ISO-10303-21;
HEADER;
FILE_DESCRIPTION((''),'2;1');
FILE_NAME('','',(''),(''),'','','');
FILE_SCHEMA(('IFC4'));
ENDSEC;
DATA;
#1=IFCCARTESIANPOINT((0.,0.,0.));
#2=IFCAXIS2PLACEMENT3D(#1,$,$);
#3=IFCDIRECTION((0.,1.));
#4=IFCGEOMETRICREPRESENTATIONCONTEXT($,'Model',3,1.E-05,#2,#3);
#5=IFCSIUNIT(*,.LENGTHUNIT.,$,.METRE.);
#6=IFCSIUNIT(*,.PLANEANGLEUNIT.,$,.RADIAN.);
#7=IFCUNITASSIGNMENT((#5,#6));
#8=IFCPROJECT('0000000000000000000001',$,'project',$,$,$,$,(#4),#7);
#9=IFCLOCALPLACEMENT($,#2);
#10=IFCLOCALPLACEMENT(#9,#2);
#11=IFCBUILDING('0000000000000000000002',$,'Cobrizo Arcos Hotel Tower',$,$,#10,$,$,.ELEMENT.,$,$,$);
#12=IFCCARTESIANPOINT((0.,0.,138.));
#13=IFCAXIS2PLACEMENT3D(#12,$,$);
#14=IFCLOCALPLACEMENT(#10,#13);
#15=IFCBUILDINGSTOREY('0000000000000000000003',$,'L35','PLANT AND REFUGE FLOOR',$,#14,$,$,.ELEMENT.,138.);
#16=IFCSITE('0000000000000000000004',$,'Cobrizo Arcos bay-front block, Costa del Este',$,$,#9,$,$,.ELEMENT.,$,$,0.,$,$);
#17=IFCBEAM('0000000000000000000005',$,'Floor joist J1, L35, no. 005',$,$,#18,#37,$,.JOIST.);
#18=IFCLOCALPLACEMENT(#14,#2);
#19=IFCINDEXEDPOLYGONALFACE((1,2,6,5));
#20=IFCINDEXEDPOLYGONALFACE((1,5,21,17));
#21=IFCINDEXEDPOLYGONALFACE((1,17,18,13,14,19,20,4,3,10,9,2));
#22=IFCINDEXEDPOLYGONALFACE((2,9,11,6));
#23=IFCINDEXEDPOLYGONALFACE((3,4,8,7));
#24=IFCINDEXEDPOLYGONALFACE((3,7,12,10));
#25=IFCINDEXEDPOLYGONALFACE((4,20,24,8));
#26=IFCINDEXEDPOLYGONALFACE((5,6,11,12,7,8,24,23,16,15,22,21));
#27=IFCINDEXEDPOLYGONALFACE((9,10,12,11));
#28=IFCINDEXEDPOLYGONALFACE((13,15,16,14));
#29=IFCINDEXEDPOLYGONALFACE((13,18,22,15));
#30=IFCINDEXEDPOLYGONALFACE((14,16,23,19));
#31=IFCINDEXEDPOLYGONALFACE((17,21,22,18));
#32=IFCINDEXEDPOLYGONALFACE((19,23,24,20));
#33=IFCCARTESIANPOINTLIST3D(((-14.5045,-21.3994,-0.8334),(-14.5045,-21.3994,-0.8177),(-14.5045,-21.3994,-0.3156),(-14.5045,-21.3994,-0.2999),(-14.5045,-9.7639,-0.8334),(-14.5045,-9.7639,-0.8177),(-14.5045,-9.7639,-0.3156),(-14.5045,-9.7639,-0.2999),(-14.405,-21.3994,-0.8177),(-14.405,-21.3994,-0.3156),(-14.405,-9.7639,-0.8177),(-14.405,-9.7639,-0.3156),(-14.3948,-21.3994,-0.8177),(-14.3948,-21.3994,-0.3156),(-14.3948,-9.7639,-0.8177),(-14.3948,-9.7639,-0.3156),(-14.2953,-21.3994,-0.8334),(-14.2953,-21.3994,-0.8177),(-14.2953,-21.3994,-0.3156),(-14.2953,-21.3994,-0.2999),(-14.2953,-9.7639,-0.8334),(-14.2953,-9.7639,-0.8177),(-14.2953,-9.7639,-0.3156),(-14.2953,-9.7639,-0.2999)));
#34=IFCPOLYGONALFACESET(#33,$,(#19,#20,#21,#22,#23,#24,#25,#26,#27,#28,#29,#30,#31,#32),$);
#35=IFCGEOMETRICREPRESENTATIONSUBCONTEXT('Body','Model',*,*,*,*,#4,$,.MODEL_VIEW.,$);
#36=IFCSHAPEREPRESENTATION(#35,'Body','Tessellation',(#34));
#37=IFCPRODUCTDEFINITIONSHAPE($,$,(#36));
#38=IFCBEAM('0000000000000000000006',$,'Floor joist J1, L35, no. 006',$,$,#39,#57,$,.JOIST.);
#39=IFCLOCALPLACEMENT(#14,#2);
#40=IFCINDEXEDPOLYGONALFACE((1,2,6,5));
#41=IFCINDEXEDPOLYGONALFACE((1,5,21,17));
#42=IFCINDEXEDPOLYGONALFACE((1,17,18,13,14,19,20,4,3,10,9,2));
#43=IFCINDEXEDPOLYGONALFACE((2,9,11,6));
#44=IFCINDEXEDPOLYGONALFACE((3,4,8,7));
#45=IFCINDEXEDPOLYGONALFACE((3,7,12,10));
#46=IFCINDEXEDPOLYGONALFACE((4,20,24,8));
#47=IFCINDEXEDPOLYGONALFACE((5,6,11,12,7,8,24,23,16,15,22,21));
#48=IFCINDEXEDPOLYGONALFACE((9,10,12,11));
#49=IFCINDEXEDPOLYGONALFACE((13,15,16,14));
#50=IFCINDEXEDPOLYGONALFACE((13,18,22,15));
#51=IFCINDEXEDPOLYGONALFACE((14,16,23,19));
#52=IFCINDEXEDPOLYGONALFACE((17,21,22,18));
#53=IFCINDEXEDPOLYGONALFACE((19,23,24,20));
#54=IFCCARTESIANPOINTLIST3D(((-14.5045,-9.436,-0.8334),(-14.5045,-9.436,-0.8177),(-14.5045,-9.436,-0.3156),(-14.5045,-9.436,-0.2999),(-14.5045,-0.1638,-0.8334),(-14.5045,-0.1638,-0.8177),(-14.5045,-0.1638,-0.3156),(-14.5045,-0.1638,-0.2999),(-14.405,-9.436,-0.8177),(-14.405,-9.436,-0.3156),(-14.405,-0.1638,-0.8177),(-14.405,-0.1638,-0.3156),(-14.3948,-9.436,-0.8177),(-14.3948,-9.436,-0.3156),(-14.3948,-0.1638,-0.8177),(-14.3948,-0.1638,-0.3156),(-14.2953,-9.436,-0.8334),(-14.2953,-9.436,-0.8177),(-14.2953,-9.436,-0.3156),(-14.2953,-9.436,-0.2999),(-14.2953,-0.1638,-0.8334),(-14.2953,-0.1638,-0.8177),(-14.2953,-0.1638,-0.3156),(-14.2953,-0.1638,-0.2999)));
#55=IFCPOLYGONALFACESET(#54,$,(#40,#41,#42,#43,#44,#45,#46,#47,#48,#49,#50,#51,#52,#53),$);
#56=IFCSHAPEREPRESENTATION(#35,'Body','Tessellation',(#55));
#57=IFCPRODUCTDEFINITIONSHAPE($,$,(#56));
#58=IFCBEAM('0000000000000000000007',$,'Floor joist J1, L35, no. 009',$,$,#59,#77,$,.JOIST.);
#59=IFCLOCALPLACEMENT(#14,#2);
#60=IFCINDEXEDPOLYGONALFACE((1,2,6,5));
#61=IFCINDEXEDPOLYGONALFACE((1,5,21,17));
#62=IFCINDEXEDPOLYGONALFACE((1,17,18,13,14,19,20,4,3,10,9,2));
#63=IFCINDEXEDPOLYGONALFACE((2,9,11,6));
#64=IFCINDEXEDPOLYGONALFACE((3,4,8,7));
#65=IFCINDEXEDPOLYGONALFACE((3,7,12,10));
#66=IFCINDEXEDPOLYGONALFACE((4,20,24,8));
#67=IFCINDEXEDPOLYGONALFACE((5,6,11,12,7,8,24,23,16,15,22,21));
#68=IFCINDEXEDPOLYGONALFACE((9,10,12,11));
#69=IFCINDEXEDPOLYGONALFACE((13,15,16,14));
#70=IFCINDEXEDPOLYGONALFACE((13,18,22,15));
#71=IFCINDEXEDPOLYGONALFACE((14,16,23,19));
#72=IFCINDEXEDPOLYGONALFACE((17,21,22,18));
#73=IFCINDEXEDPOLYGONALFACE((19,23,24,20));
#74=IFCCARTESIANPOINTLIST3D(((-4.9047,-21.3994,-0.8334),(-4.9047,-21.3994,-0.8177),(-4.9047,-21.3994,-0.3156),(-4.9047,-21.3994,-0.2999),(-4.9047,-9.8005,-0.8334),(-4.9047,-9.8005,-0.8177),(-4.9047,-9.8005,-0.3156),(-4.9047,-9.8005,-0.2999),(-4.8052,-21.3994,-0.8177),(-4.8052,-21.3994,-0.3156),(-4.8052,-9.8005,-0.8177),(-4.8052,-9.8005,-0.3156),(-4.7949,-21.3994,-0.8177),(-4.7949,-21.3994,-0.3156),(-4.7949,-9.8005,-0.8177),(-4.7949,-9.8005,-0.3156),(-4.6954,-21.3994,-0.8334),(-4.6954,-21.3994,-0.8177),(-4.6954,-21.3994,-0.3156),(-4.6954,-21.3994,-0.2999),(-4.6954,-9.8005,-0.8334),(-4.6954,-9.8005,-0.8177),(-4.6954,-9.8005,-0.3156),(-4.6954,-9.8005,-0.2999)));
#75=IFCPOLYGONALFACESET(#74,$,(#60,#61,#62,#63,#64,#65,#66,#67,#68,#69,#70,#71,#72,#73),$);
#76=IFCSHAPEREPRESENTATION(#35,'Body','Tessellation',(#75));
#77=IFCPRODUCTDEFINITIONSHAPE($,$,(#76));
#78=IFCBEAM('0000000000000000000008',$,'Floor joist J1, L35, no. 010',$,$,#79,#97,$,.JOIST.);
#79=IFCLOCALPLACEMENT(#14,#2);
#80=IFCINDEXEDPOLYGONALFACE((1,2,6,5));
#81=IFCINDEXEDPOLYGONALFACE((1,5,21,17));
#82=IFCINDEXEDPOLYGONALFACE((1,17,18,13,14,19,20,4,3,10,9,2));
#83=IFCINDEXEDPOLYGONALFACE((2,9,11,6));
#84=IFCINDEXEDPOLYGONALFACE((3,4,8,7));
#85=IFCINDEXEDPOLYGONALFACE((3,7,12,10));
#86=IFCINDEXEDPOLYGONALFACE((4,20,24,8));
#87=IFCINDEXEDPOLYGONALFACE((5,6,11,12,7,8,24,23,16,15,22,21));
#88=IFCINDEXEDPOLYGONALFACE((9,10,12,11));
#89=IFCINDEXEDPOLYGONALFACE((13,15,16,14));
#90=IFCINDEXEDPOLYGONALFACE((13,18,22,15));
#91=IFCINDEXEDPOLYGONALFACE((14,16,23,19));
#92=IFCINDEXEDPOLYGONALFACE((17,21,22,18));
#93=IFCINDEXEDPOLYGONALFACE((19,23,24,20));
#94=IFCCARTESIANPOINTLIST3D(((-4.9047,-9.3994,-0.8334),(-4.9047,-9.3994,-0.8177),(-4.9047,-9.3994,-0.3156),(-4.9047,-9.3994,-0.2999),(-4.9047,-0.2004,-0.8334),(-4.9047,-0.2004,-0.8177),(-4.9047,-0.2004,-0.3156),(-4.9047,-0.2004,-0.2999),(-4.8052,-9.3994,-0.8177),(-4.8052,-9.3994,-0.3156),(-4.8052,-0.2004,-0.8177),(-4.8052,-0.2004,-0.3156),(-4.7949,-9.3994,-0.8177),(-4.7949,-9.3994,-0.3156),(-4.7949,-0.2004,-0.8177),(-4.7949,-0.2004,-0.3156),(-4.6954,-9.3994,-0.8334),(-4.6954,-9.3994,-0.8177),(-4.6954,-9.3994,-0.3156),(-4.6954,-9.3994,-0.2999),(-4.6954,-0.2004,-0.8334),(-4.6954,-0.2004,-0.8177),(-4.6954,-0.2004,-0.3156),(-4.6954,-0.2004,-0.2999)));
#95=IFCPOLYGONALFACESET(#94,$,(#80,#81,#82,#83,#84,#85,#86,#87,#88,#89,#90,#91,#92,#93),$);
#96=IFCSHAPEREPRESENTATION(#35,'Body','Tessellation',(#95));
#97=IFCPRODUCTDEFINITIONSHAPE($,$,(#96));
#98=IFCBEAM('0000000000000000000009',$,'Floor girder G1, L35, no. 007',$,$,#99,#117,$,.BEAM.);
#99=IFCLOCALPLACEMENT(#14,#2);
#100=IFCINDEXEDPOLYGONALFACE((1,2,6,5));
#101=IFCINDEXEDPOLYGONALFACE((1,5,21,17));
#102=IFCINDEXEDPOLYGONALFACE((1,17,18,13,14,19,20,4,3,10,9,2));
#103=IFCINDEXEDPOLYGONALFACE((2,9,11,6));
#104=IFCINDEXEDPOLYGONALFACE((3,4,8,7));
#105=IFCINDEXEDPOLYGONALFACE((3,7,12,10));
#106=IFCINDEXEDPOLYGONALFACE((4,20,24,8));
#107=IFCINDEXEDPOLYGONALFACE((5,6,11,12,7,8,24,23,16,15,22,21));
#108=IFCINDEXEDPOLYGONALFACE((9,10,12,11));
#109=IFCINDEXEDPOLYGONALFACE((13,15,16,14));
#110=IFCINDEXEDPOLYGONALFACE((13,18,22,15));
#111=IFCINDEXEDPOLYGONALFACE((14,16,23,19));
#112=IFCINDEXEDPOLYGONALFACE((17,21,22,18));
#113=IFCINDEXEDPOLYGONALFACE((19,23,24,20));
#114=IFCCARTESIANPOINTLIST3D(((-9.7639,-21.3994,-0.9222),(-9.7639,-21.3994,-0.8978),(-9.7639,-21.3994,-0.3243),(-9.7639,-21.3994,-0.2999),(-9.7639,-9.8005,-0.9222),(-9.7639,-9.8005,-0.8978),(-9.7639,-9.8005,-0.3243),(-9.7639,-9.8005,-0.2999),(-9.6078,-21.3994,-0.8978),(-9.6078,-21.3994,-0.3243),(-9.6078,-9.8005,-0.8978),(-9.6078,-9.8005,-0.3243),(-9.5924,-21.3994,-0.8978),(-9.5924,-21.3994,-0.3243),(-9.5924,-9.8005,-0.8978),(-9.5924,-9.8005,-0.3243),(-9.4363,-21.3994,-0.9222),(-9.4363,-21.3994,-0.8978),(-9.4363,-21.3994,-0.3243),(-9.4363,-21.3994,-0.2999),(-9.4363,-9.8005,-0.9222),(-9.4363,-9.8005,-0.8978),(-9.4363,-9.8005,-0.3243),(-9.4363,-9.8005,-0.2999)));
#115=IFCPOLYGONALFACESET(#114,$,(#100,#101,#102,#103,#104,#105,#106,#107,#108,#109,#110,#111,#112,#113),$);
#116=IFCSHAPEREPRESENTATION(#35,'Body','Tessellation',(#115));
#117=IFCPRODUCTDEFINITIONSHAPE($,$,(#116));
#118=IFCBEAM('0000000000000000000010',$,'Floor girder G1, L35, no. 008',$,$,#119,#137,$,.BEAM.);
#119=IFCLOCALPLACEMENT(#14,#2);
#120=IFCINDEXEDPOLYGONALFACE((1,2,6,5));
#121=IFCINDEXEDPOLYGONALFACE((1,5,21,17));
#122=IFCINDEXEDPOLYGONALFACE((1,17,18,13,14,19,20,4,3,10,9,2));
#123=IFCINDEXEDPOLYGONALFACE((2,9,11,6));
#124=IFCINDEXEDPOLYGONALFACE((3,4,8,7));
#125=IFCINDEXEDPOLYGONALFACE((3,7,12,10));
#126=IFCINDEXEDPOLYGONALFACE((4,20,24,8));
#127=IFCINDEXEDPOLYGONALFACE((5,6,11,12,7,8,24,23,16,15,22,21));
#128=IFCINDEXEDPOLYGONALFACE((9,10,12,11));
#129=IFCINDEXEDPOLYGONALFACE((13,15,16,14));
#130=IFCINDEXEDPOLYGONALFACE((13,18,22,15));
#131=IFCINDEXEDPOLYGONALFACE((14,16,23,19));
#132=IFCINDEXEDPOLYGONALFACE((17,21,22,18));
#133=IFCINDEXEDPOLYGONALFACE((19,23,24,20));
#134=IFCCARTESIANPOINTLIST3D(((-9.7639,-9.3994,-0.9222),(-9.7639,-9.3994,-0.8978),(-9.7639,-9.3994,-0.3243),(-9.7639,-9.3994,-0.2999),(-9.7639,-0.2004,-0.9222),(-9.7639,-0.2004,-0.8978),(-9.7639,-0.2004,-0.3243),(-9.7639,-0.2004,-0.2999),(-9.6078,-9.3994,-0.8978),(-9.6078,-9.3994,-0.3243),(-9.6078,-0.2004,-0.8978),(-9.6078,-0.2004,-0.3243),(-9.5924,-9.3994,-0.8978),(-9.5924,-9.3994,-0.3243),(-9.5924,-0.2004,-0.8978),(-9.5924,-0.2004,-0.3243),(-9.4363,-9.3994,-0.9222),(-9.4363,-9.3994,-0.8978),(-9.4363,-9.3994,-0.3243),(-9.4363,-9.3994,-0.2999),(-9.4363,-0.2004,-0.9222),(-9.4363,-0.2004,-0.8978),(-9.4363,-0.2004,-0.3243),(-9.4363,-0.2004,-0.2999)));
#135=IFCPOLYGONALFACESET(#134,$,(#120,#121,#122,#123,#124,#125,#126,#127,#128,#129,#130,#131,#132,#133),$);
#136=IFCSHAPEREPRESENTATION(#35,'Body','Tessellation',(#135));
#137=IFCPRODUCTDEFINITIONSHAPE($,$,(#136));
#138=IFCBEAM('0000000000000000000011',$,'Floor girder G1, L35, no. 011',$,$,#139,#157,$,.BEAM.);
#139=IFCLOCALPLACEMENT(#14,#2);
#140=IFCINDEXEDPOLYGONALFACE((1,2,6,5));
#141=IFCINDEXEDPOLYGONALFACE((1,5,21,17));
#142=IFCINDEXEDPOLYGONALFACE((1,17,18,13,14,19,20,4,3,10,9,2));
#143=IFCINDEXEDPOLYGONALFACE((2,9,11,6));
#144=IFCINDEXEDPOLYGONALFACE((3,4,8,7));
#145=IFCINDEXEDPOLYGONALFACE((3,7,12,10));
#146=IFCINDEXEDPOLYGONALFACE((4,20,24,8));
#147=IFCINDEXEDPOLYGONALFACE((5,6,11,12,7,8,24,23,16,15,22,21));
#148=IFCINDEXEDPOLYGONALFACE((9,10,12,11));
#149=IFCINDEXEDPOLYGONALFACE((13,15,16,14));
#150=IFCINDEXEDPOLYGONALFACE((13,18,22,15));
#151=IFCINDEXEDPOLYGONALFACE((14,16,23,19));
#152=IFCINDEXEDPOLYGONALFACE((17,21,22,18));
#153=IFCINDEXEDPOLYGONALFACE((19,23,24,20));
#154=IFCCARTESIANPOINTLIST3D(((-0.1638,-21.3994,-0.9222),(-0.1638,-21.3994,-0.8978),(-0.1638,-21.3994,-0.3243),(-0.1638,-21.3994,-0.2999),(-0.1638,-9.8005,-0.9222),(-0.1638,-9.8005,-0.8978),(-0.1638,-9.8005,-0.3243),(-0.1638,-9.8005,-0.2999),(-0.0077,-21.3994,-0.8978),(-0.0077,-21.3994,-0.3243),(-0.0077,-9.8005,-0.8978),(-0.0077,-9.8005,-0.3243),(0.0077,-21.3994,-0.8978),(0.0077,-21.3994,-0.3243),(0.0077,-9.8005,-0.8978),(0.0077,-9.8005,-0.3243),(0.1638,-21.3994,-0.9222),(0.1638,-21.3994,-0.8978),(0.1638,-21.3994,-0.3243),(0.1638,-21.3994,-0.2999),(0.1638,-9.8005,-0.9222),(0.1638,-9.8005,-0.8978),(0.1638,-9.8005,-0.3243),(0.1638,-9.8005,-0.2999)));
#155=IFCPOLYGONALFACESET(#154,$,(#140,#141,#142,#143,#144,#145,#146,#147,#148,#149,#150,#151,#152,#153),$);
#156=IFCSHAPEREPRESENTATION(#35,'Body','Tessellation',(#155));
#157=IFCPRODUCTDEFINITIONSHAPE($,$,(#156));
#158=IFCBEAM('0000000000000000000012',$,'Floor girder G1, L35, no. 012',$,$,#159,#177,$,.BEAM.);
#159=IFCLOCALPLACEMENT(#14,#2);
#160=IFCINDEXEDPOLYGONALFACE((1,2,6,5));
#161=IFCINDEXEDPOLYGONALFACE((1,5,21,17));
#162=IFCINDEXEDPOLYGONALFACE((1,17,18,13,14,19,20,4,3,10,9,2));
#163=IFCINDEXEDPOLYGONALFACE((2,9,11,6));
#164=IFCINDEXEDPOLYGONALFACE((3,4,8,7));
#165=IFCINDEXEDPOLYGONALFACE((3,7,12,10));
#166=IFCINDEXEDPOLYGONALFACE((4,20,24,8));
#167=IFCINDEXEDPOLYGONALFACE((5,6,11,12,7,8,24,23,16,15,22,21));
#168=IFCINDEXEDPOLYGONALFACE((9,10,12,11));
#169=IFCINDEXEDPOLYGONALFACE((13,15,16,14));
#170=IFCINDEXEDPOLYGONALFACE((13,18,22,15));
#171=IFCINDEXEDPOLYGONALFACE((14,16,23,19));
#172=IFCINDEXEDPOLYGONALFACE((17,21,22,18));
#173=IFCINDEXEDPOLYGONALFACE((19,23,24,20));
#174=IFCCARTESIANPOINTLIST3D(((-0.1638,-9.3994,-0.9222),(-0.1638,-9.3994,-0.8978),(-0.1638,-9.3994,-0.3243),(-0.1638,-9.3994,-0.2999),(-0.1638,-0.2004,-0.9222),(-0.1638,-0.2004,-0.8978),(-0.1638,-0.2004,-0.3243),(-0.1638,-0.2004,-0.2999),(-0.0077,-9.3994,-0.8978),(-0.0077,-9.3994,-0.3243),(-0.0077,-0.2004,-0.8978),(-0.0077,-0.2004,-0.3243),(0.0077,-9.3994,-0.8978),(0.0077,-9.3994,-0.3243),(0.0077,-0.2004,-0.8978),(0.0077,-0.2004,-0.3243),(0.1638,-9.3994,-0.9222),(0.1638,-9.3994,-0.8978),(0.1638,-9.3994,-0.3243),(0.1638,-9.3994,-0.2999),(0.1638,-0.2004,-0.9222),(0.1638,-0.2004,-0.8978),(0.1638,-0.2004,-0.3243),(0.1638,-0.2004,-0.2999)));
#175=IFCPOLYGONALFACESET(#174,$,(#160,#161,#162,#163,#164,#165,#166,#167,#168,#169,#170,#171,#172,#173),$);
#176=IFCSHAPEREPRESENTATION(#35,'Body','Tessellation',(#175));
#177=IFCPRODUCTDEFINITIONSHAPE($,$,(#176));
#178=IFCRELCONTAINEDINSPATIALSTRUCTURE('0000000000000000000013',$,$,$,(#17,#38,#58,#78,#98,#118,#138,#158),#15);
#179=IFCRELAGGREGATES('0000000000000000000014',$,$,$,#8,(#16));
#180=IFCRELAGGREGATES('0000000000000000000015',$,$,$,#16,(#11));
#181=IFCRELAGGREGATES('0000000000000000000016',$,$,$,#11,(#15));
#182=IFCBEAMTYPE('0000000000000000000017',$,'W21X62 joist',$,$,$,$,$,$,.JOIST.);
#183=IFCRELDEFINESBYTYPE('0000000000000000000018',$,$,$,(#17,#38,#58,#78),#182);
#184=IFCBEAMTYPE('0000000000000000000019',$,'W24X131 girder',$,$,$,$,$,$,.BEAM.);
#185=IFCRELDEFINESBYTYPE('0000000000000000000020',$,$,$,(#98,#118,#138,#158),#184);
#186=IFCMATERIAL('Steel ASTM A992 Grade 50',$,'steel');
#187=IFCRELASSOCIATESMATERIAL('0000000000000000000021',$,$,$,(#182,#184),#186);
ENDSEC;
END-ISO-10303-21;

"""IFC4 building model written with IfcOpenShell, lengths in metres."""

from ifc_helpers import new_model, si_unit, direction, frame, origin, origin_2d, place, context, subcontext, project, spatial, i_section, extrude, material, material_profile, profile_set, type_object, element, save


model = new_model("IFC4")

# Units and contexts
model_context = context("Model", 3, precision=1e-05, world=origin(), true_north=direction((0.0, 1.0)))
body_context = subcontext(model_context, "Body", "Model", "MODEL_VIEW")
ifc_project = project(units=[si_unit("LENGTHUNIT", "METRE"), si_unit("PLANEANGLEUNIT", "RADIAN")], contexts=[model_context])

# Site, building, storey
site_placement = place(None, origin())
site = spatial("IfcSite", under=ifc_project, at=site_placement, Name="Cobrizo Arcos bay-front block, Costa del Este", CompositionType="ELEMENT", RefElevation=0.0)
building_placement = place(site_placement, origin())
building = spatial("IfcBuilding", under=site, at=building_placement, Name="Cobrizo Arcos Hotel Tower", CompositionType="ELEMENT")
storey_placement = place(building_placement, frame((0.0, 0.0, 138.0)))
storey = spatial("IfcBuildingStorey", under=building, at=storey_placement, Name="L35", Description="PLANT AND REFUGE FLOOR", CompositionType="ELEMENT", Elevation=138.0)

# Shared definitions
ifc_material_1 = material(Name="Steel ASTM A992 Grade 50", Category="steel")

# Beams
ifc_material_profile_1 = material_profile(ifc_material_1, i_section(OverallWidth=0.2092, OverallDepth=0.5334, WebThickness=0.0103, FlangeThickness=0.0156, at=origin_2d()), Name="W21X62")
ifc_profile_set_1 = profile_set([ifc_material_profile_1], Name="Steel ASTM A992 Grade 50")
beam_type_1 = type_object("IfcBeamType", Name="W21X62 joist", PredefinedType="JOIST", material=ifc_profile_set_1)
beam_1_placement = place(storey_placement, frame((-14.3999, -21.3994, -0.5667), z_axis=(0.0, 1.0, 0.0), x_axis=(-1.0, 0.0, 0.0)))
element("IfcBeam", 1, at=beam_1_placement, inside=storey, type_object=beam_type_1, Name="Floor joist J1, L35, no. 005", PredefinedType="JOIST", context=body_context, shape_type="SweptSolid", body=[
    extrude(i_section(OverallWidth=0.2092, OverallDepth=0.5334, WebThickness=0.0103, FlangeThickness=0.0156, at=origin_2d()), origin(), (0.0, 0.0, 1.0), 11.6355),
])
beam_2_placement = place(storey_placement, frame((-14.3999, -9.436, -0.5667), z_axis=(0.0, 1.0, 0.0), x_axis=(-1.0, 0.0, 0.0)))
element("IfcBeam", 2, at=beam_2_placement, inside=storey, type_object=beam_type_1, Name="Floor joist J1, L35, no. 006", PredefinedType="JOIST", context=body_context, shape_type="SweptSolid", body=[
    extrude(i_section(OverallWidth=0.2092, OverallDepth=0.5334, WebThickness=0.0103, FlangeThickness=0.0156, at=origin_2d()), origin(), (0.0, 0.0, 1.0), 9.2722),
])
beam_3_placement = place(storey_placement, frame((-4.8, -21.3994, -0.5667), z_axis=(0.0, 1.0, 0.0), x_axis=(-1.0, 0.0, 0.0)))
element("IfcBeam", 3, at=beam_3_placement, inside=storey, type_object=beam_type_1, Name="Floor joist J1, L35, no. 009", PredefinedType="JOIST", context=body_context, shape_type="SweptSolid", body=[
    extrude(i_section(OverallWidth=0.2092, OverallDepth=0.5334, WebThickness=0.0103, FlangeThickness=0.0156, at=origin_2d()), origin(), (0.0, 0.0, 1.0), 11.5989),
])
beam_4_placement = place(storey_placement, frame((-4.8, -9.3994, -0.5667), z_axis=(0.0, 1.0, 0.0), x_axis=(-1.0, 0.0, 0.0)))
element("IfcBeam", 4, at=beam_4_placement, inside=storey, type_object=beam_type_1, Name="Floor joist J1, L35, no. 010", PredefinedType="JOIST", context=body_context, shape_type="SweptSolid", body=[
    extrude(i_section(OverallWidth=0.2092, OverallDepth=0.5334, WebThickness=0.0103, FlangeThickness=0.0156, at=origin_2d()), origin(), (0.0, 0.0, 1.0), 9.199),
])
ifc_material_profile_2 = material_profile(ifc_material_1, i_section(OverallWidth=0.3276, OverallDepth=0.6223, WebThickness=0.0154, FlangeThickness=0.0244, at=origin_2d()), Name="W24X131")
ifc_profile_set_2 = profile_set([ifc_material_profile_2], Name="Steel ASTM A992 Grade 50")
beam_type_2 = type_object("IfcBeamType", Name="W24X131 girder", PredefinedType="BEAM", material=ifc_profile_set_2)
beam_5_placement = place(storey_placement, frame((-9.6001, -21.3994, -0.6111), z_axis=(0.0, 1.0, 0.0), x_axis=(-1.0, 0.0, 0.0)))
element("IfcBeam", 5, at=beam_5_placement, inside=storey, type_object=beam_type_2, Name="Floor girder G1, L35, no. 007", PredefinedType="BEAM", context=body_context, shape_type="SweptSolid", body=[
    extrude(i_section(OverallWidth=0.3276, OverallDepth=0.6223, WebThickness=0.0154, FlangeThickness=0.0244, at=origin_2d()), origin(), (0.0, 0.0, 1.0), 11.5989),
])
beam_6_placement = place(storey_placement, frame((-9.6001, -9.3994, -0.6111), z_axis=(0.0, 1.0, 0.0), x_axis=(-1.0, 0.0, 0.0)))
element("IfcBeam", 6, at=beam_6_placement, inside=storey, type_object=beam_type_2, Name="Floor girder G1, L35, no. 008", PredefinedType="BEAM", context=body_context, shape_type="SweptSolid", body=[
    extrude(i_section(OverallWidth=0.3276, OverallDepth=0.6223, WebThickness=0.0154, FlangeThickness=0.0244, at=origin_2d()), origin(), (0.0, 0.0, 1.0), 9.199),
])
beam_7_placement = place(storey_placement, frame((0.0, -21.3994, -0.6111), z_axis=(0.0, 1.0, 0.0), x_axis=(-1.0, 0.0, 0.0)))
element("IfcBeam", 7, at=beam_7_placement, inside=storey, type_object=beam_type_2, Name="Floor girder G1, L35, no. 011", PredefinedType="BEAM", context=body_context, shape_type="SweptSolid", body=[
    extrude(i_section(OverallWidth=0.3276, OverallDepth=0.6223, WebThickness=0.0154, FlangeThickness=0.0244, at=origin_2d()), origin(), (0.0, 0.0, 1.0), 11.5989),
])
beam_8_placement = place(storey_placement, frame((0.0, -9.3994, -0.6111), z_axis=(0.0, 1.0, 0.0), x_axis=(-1.0, 0.0, 0.0)))
element("IfcBeam", 8, at=beam_8_placement, inside=storey, type_object=beam_type_2, Name="Floor girder G1, L35, no. 012", PredefinedType="BEAM", context=body_context, shape_type="SweptSolid", body=[
    extrude(i_section(OverallWidth=0.3276, OverallDepth=0.6223, WebThickness=0.0154, FlangeThickness=0.0244, at=origin_2d()), origin(), (0.0, 0.0, 1.0), 9.199),
])

save(model, "model.ifc")
